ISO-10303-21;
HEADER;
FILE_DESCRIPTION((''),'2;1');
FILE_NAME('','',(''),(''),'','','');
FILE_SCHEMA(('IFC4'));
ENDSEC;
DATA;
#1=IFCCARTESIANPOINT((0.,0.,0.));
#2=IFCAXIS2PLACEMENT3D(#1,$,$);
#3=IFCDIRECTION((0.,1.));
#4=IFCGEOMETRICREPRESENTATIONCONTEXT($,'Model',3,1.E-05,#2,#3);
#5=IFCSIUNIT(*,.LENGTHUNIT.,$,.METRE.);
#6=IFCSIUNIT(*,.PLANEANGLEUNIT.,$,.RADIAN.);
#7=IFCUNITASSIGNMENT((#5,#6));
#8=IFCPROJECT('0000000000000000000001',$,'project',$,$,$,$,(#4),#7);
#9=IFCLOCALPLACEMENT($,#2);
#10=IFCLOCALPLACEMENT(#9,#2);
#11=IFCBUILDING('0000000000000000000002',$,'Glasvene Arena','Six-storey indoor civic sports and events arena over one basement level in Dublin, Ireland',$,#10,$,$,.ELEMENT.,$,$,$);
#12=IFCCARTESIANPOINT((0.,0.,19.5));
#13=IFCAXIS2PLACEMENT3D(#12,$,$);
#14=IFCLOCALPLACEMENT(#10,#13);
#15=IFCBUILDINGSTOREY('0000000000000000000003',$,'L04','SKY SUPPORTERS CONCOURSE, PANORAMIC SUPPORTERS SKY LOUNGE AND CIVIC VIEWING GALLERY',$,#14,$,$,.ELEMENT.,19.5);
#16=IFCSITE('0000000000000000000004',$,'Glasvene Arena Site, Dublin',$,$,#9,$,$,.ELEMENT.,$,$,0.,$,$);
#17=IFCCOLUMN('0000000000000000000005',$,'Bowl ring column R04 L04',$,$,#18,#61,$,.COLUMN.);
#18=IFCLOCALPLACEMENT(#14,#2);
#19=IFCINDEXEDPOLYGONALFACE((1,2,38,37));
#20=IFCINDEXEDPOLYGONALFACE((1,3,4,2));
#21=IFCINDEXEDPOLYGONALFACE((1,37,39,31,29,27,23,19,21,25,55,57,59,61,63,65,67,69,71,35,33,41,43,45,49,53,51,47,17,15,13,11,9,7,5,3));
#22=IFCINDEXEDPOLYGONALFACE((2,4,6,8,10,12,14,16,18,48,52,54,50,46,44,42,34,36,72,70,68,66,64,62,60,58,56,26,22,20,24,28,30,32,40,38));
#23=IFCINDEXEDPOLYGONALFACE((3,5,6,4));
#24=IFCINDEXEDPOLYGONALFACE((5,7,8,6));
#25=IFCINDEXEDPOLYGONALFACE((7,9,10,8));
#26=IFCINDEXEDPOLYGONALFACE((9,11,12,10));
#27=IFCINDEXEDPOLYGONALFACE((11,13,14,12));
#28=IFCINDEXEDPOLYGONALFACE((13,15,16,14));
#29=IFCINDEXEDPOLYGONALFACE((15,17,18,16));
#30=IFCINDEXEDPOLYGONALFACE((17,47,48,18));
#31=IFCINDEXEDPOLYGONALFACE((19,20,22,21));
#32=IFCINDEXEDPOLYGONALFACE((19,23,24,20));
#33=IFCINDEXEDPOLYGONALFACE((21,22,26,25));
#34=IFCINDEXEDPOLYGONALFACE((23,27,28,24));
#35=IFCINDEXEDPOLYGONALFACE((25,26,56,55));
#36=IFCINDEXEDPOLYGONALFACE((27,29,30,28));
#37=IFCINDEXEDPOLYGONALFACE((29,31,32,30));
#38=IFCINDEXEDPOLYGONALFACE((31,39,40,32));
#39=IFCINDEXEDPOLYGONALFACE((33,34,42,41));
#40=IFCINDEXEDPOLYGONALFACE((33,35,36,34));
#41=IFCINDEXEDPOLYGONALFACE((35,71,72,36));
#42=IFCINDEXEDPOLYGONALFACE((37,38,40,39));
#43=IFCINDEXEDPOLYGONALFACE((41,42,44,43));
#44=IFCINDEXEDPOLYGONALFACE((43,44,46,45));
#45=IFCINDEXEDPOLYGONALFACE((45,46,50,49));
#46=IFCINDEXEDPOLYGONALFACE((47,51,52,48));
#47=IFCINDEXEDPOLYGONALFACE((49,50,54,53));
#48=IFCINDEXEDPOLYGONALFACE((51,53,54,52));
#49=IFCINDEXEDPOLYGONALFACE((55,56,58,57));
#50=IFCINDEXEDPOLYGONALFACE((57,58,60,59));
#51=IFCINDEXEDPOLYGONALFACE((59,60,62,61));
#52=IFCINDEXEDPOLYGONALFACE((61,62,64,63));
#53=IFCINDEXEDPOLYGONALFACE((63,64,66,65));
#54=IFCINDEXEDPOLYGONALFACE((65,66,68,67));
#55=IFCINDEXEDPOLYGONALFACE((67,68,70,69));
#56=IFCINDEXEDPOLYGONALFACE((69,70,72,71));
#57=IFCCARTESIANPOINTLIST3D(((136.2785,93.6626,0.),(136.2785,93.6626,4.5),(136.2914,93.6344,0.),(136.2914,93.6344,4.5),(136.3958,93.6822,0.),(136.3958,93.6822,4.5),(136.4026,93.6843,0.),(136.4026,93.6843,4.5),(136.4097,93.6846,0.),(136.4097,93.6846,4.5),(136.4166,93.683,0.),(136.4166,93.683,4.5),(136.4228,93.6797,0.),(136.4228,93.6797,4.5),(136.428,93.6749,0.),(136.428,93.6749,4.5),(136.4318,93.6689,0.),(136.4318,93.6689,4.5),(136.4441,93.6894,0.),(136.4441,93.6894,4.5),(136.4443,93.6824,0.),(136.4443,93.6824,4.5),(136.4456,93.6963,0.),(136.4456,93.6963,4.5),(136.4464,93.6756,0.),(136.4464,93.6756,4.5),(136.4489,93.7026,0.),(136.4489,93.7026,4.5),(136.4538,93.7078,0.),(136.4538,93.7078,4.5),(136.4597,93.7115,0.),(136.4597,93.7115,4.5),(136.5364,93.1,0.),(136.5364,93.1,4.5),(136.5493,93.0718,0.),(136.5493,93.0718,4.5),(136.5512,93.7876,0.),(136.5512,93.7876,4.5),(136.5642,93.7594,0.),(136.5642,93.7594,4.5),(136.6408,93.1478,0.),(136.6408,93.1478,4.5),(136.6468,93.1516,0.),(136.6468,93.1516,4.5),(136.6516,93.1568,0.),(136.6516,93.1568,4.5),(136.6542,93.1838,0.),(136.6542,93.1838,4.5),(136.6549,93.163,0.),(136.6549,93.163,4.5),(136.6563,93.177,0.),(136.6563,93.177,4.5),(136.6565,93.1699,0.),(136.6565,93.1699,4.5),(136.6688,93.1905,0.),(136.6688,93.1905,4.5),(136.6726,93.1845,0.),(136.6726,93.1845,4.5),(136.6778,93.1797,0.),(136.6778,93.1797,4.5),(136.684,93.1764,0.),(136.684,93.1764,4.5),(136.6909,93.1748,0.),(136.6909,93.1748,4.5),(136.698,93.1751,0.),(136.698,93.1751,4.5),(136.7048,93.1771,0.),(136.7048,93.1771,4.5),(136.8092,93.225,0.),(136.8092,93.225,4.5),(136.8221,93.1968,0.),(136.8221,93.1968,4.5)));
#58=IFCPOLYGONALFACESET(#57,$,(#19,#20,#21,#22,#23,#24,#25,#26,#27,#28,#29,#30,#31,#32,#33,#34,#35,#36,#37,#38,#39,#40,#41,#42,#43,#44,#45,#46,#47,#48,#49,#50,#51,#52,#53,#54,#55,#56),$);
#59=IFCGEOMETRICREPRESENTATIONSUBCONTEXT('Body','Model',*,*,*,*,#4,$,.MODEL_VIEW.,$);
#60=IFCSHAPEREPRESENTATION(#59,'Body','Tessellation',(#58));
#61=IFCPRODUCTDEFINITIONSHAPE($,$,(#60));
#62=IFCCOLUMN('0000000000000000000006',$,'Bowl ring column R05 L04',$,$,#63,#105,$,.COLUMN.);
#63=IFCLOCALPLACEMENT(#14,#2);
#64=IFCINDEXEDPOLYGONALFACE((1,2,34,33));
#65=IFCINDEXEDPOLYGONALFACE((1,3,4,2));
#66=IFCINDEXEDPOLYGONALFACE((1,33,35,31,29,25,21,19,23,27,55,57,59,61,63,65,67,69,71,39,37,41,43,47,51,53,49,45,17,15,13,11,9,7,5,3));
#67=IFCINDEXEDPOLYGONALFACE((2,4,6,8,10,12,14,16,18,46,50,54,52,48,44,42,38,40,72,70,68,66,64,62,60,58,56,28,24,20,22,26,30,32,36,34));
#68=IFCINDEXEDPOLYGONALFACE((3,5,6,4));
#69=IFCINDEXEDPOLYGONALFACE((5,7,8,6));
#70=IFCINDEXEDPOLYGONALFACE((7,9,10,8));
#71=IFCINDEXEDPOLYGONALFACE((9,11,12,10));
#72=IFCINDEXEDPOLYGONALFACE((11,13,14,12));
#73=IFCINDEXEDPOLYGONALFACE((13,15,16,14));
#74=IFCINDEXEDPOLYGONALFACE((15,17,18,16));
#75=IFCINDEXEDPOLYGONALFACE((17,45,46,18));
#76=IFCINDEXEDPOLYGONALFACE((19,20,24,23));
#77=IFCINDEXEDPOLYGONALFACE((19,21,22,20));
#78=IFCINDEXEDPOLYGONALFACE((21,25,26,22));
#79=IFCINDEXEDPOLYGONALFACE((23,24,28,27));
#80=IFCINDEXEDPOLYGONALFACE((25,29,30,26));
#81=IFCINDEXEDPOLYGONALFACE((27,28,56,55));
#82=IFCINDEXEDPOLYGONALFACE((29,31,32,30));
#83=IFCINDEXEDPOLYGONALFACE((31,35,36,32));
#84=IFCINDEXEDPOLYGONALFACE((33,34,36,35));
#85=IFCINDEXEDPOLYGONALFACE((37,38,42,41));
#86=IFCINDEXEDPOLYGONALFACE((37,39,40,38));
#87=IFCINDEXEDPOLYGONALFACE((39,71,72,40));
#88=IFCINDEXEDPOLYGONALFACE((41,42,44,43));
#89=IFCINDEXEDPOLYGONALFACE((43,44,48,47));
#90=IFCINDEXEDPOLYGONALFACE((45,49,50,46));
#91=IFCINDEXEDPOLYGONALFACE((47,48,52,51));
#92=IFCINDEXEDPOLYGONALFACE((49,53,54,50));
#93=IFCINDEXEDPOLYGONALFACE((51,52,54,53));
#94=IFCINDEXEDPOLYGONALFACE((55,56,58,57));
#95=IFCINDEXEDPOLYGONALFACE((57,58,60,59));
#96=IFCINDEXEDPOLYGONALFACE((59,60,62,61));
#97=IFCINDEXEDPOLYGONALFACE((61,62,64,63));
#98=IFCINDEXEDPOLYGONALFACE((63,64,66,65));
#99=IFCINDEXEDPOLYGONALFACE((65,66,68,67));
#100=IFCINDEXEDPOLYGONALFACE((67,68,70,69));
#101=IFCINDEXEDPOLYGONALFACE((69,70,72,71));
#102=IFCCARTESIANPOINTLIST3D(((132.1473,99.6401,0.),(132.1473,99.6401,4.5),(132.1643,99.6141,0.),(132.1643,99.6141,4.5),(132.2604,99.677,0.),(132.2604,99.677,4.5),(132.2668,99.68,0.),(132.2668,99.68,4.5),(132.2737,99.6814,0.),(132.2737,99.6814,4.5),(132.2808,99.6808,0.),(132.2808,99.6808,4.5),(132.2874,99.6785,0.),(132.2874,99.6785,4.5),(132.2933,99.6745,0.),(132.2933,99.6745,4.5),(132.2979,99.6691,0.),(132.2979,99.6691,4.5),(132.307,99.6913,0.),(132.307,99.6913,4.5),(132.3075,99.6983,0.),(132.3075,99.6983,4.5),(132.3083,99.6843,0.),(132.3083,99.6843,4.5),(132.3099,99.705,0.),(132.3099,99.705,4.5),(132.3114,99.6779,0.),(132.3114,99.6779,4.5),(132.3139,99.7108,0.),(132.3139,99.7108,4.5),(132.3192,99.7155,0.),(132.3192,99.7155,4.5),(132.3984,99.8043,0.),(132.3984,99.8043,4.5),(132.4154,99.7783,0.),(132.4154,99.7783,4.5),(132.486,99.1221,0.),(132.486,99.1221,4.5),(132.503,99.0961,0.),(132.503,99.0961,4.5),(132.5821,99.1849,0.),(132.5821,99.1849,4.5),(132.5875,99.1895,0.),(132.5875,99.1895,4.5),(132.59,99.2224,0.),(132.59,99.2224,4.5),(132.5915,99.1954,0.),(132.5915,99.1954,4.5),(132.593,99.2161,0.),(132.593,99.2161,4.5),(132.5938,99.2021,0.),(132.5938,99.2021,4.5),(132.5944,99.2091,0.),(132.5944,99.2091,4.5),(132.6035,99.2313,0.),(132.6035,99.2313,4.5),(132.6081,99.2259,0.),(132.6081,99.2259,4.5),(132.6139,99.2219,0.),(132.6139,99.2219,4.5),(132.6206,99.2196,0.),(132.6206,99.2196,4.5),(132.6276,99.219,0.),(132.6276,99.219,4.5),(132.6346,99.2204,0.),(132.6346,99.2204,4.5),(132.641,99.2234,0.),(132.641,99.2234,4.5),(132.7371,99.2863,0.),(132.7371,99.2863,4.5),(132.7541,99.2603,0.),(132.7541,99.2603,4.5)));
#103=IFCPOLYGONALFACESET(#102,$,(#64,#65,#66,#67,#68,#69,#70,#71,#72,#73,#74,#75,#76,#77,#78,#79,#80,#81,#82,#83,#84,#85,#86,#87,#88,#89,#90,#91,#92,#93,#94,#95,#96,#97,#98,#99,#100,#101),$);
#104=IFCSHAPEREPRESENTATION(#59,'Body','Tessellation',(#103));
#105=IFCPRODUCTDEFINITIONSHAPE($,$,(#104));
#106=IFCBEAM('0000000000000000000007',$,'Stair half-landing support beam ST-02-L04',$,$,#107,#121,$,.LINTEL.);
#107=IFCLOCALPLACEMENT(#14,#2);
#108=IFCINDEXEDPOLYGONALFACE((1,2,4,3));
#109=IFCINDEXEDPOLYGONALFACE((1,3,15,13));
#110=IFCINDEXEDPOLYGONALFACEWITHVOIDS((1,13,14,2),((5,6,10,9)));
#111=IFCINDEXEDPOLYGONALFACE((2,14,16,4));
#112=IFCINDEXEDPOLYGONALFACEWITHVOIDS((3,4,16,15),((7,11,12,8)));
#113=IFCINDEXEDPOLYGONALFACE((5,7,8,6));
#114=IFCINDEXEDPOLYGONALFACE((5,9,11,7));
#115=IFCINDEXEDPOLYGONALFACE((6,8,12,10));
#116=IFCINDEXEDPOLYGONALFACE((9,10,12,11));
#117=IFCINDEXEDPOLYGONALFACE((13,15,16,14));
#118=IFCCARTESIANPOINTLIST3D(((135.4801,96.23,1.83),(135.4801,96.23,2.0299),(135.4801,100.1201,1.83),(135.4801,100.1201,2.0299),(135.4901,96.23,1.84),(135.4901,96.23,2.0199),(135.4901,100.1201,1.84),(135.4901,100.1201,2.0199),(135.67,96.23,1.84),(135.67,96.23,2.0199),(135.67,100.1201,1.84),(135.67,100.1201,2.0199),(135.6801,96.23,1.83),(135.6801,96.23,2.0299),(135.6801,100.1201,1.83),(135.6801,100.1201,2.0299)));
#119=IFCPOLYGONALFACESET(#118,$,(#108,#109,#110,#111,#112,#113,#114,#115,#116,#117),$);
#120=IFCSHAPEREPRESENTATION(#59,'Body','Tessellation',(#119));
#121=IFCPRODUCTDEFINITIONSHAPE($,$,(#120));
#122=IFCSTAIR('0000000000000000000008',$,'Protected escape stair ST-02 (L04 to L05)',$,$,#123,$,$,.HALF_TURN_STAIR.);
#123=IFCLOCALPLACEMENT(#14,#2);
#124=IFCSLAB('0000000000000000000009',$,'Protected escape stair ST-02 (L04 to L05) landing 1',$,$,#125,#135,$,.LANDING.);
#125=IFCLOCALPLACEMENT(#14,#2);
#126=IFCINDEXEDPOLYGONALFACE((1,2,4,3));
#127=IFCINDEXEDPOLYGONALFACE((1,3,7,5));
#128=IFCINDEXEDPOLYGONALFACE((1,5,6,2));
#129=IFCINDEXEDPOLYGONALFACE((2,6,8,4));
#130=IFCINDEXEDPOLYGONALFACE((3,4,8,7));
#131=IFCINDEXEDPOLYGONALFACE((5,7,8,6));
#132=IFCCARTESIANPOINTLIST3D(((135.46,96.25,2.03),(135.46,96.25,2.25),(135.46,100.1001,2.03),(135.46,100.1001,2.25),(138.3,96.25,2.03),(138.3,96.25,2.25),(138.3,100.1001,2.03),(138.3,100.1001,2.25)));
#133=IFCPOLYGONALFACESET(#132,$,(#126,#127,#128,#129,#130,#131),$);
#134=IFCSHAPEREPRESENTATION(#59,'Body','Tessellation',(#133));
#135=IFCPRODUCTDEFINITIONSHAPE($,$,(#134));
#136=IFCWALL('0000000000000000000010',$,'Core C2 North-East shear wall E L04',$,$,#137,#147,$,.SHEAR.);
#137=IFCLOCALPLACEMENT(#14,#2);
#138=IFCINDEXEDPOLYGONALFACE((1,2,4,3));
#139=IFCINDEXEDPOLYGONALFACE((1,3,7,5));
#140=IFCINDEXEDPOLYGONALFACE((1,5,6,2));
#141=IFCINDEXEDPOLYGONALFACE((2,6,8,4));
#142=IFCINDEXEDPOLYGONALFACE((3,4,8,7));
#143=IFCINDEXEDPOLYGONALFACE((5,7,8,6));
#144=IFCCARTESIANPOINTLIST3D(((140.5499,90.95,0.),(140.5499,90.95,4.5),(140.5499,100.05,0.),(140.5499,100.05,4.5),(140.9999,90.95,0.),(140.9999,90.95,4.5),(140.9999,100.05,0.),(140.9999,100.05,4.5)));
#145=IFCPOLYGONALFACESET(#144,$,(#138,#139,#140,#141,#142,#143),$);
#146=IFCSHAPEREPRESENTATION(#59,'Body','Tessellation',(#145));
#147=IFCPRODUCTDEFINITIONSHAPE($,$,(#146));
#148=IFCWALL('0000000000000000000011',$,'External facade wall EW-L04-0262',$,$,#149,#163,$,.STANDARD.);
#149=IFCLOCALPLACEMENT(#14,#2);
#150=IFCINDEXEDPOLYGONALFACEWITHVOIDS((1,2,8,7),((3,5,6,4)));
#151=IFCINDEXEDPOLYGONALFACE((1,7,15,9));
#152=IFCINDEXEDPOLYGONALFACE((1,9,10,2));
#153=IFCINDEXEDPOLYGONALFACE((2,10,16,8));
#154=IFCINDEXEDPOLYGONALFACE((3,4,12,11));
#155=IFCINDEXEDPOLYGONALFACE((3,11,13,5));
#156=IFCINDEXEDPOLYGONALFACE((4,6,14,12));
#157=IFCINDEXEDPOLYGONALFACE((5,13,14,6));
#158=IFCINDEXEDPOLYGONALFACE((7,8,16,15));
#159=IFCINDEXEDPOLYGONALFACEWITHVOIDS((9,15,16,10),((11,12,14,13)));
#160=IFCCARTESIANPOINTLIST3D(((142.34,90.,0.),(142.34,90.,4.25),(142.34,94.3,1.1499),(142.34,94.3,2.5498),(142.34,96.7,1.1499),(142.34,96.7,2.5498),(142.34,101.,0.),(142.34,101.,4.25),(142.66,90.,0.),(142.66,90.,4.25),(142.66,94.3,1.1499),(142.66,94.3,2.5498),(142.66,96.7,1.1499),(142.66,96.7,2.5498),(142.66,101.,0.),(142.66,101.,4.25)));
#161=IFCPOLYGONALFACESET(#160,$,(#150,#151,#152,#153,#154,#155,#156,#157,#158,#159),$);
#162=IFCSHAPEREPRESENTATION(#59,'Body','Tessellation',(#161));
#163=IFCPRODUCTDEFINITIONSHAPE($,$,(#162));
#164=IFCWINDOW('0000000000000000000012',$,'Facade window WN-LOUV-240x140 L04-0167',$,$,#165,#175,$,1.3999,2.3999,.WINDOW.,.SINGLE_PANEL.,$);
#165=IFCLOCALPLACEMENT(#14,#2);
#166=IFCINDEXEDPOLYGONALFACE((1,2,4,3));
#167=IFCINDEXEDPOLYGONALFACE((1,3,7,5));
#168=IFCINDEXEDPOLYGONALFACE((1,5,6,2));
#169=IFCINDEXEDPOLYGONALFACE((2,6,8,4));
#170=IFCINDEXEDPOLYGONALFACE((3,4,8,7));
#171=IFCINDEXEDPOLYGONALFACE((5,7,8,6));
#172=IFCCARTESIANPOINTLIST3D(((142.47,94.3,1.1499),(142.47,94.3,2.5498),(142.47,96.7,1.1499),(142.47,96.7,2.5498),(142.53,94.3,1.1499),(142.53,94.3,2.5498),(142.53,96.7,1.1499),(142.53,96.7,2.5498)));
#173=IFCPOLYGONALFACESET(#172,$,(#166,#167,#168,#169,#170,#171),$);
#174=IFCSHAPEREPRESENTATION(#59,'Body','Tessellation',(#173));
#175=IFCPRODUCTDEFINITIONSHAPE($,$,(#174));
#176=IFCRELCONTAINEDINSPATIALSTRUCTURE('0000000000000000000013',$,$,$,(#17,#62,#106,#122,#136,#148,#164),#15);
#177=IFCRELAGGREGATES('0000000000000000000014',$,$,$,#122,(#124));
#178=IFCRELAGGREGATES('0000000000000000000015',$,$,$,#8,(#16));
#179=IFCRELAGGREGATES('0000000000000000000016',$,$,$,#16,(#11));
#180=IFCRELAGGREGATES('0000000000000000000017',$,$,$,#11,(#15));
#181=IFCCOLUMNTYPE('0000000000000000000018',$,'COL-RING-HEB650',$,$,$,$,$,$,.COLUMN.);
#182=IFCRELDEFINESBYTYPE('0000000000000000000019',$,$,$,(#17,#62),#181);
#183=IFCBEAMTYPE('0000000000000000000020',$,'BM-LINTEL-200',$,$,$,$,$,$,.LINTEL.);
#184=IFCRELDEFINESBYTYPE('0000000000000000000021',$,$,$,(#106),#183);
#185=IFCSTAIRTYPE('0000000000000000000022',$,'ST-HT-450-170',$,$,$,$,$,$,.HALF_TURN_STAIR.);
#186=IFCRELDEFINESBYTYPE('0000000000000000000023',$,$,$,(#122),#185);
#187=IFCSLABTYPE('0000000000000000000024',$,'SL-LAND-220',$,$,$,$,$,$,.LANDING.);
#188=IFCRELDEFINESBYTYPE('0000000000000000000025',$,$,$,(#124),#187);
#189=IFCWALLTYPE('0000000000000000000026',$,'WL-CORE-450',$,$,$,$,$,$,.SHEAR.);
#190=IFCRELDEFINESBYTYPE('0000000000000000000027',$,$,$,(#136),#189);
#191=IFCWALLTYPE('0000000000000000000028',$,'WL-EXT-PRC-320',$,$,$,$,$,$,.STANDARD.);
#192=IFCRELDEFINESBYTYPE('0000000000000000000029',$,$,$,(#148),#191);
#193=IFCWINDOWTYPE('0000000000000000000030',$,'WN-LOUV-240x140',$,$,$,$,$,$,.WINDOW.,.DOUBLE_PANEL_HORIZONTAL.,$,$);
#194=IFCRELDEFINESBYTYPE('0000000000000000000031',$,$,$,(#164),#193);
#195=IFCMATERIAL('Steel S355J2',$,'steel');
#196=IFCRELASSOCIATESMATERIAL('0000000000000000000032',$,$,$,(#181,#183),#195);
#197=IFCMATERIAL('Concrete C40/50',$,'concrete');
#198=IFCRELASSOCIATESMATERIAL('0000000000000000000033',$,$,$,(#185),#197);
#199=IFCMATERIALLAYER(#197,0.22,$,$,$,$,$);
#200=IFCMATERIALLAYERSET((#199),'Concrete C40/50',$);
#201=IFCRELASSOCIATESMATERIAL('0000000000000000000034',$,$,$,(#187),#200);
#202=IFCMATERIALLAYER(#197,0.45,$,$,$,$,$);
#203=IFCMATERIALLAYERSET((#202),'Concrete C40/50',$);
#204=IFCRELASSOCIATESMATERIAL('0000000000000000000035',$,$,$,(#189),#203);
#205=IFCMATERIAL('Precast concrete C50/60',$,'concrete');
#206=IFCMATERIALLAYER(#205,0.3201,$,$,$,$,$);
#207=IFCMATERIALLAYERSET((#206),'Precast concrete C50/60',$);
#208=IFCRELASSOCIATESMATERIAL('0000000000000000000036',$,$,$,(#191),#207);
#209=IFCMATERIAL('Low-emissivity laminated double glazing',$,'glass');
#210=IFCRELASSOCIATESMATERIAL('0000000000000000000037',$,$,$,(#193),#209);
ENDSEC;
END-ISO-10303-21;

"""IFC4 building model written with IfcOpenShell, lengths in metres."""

from ifc_helpers import new_model, si_unit, direction, frame, frame_2d, origin, origin_2d, place, context, subcontext, project, spatial, polyline, rectangle, hollow_rectangle, i_section, outline, extrude, material, layer, layer_set, material_profile, profile_set, type_object, element, fill, aggregate, save


model = new_model("IFC4")

# Units and contexts
model_context = context("Model", 3, precision=1e-05, world=origin(), true_north=direction((0.0, 1.0)))
body_context = subcontext(model_context, "Body", "Model", "MODEL_VIEW")
ifc_project = project(units=[si_unit("LENGTHUNIT", "METRE"), si_unit("PLANEANGLEUNIT", "RADIAN")], contexts=[model_context])

# Site, building, storey
site_placement = place(None, origin())
site = spatial("IfcSite", under=ifc_project, at=site_placement, Name="Glasvene Arena Site, Dublin", CompositionType="ELEMENT", RefElevation=0.0)
building_placement = place(site_placement, origin())
building = spatial("IfcBuilding", under=site, at=building_placement, Name="Glasvene Arena", Description="Six-storey indoor civic sports and events arena over one basement level in Dublin, Ireland", CompositionType="ELEMENT")
storey_placement = place(building_placement, frame((0.0, 0.0, 19.5)))
storey = spatial("IfcBuildingStorey", under=building, at=storey_placement, Name="L04", Description="SKY SUPPORTERS CONCOURSE, PANORAMIC SUPPORTERS SKY LOUNGE AND CIVIC VIEWING GALLERY", CompositionType="ELEMENT", Elevation=19.5)

# Columns
ifc_material_1 = material(Name="Steel S355J2", Category="steel")
ifc_material_profile_1 = material_profile(ifc_material_1, i_section(OverallWidth=0.3, OverallDepth=0.6499, WebThickness=0.0161, FlangeThickness=0.031, FilletRadius=0.0271, at=origin_2d()), Name="HEB 650")
ifc_profile_set_1 = profile_set([ifc_material_profile_1], Name="Steel S355J2")
column_type = type_object("IfcColumnType", Name="COL-RING-HEB650", PredefinedType="COLUMN", material=ifc_profile_set_1)
for number, where, z_axis, x_axis, name in (
    (1, (136.5503, 93.4297, 0.0), (0.0, 0.0, 1.0), (0.909018, 0.416757, 0.0), "Bowl ring column R04 L04"),
    (2, (132.4507, 99.4502, 0.0), (0.0, 0.0, 1.0), (0.836955, 0.547271, 0.0), "Bowl ring column R05 L04"),
):
    element("IfcColumn", number, at=place(storey_placement, frame(where, z_axis=z_axis, x_axis=x_axis)), inside=storey, type_object=column_type, Name=name, PredefinedType="COLUMN", context=body_context, shape_type="SweptSolid", body=[
        extrude(i_section(OverallWidth=0.3, OverallDepth=0.6499, WebThickness=0.0161, FlangeThickness=0.031, FilletRadius=0.0271, at=origin_2d()), origin(), (0.0, 0.0, 1.0), 4.5),
    ])

# Beam
ifc_material_profile_2 = material_profile(ifc_material_1, hollow_rectangle(XDim=0.2, YDim=0.2, WallThickness=0.01, at=origin_2d()), Name="SHS 200x200x10.0")
ifc_profile_set_2 = profile_set([ifc_material_profile_2], Name="Steel S355J2")
beam_type = type_object("IfcBeamType", Name="BM-LINTEL-200", PredefinedType="LINTEL", material=ifc_profile_set_2)
beam_placement = place(storey_placement, frame((135.5801, 96.23, 1.9299), z_axis=(0.0, 1.0, 0.0), x_axis=(-1.0, 0.0, 0.0)))
element("IfcBeam", 3, at=beam_placement, inside=storey, type_object=beam_type, Name="Stair half-landing support beam ST-02-L04", PredefinedType="LINTEL", context=body_context, shape_type="SweptSolid", body=[
    extrude(hollow_rectangle(XDim=0.2, YDim=0.2, WallThickness=0.01, at=origin_2d()), origin(), (0.0, 0.0, 1.0), 3.8901),
])

# Stair, slab
ifc_material_2 = material(Name="Concrete C40/50", Category="concrete")
stair_type = type_object("IfcStairType", Name="ST-HT-450-170", PredefinedType="HALF_TURN_STAIR", material=ifc_material_2)
stair_placement = place(storey_placement, origin())
stair = element("IfcStair", 4, at=stair_placement, inside=storey, type_object=stair_type, Name="Protected escape stair ST-02 (L04 to L05)", PredefinedType="HALF_TURN_STAIR")
ifc_layer_1 = layer(ifc_material_2, 0.22)
ifc_layer_set_1 = layer_set([ifc_layer_1], Name="Concrete C40/50")
slab_type = type_object("IfcSlabType", Name="SL-LAND-220", PredefinedType="LANDING", material=ifc_layer_set_1)
slab_placement = place(storey_placement, frame((136.8799, 98.175, 2.03)))
slab = element("IfcSlab", 5, at=slab_placement, type_object=slab_type, Name="Protected escape stair ST-02 (L04 to L05) landing 1", PredefinedType="LANDING", context=body_context, shape_type="SweptSolid", body=[
    extrude(outline(polyline([(-1.4199, -1.925), (1.4202, -1.925), (1.4202, 1.925), (-1.4199, 1.925), (-1.4199, -1.925)])), origin(), (0.0, 0.0, 1.0), 0.22),
])

# Wall
ifc_layer_2 = layer(ifc_material_2, 0.45)
ifc_layer_set_2 = layer_set([ifc_layer_2], Name="Concrete C40/50")
wall_type_1 = type_object("IfcWallType", Name="WL-CORE-450", PredefinedType="SHEAR", material=ifc_layer_set_2)
wall_1_placement = place(storey_placement, frame((140.7749, 90.95, 0.0), z_axis=(0.0, 0.0, 1.0), x_axis=(0.0, 1.0, 0.0)))
element("IfcWall", 6, at=wall_1_placement, inside=storey, type_object=wall_type_1, Name="Core C2 North-East shear wall E L04", PredefinedType="SHEAR", context=body_context, shape_type="SweptSolid", body=[
    extrude(rectangle(XDim=9.1001, YDim=0.45, at=frame_2d((4.55, 0.0))), origin(), (0.0, 0.0, 1.0), 4.5),
])

# Wall, opening, window
ifc_material_3 = material(Name="Precast concrete C50/60", Category="concrete")
ifc_layer_3 = layer(ifc_material_3, 0.3201)
ifc_layer_set_3 = layer_set([ifc_layer_3], Name="Precast concrete C50/60")
wall_type_2 = type_object("IfcWallType", Name="WL-EXT-PRC-320", PredefinedType="STANDARD", material=ifc_layer_set_3)
wall_2_placement = place(storey_placement, frame((142.5, 101.0, 0.0), z_axis=(0.0, 0.0, 1.0), x_axis=(0.0, -1.0, 0.0)))
wall_2 = element("IfcWall", 7, at=wall_2_placement, inside=storey, type_object=wall_type_2, Name="External facade wall EW-L04-0262", PredefinedType="STANDARD", context=body_context, shape_type="SweptSolid", body=[
    extrude(rectangle(XDim=11.0, YDim=0.3201, at=frame_2d((5.5, 0.0))), origin(), (0.0, 0.0, 1.0), 4.25),
])
opening_1_placement = place(wall_2_placement, frame((4.3, 0.0, 1.1499)))
opening_1 = element("IfcOpeningElement", 8, at=opening_1_placement, cuts=wall_2, PredefinedType="OPENING", context=body_context, shape_type="SweptSolid", body=[
    extrude(rectangle(XDim=2.3999, YDim=1.3999, at=frame_2d((1.2, 0.7))), frame((0.0, 0.1699, 0.0), z_axis=(0.0, -1.0, 0.0), x_axis=(1.0, 0.0, 0.0)), (0.0, 0.0, 1.0), 0.3401),
])
ifc_material_4 = material(Name="Low-emissivity laminated double glazing", Category="glass")
window_type_1 = type_object("IfcWindowType", Name="WN-LOUV-240x140", PartitioningType="DOUBLE_PANEL_HORIZONTAL", PredefinedType="WINDOW", material=ifc_material_4)
window_1_placement = place(opening_1_placement, origin())
window_1 = element("IfcWindow", 9, at=window_1_placement, inside=storey, type_object=window_type_1, Name="Facade window WN-LOUV-240x140 L04-0167", OverallHeight=1.3999, OverallWidth=2.3999, PartitioningType="SINGLE_PANEL", PredefinedType="WINDOW", context=body_context, shape_type="SweptSolid", body=[
    extrude(rectangle(XDim=2.3999, YDim=1.3999, at=frame_2d((1.2, 0.7))), frame((0.0, 0.03, 0.0), z_axis=(0.0, -1.0, 0.0), x_axis=(1.0, 0.0, 0.0)), (0.0, 0.0, 1.0), 0.0601),
])
fill(opening_1, window_1)

aggregate(stair, [slab])

save(model, "model.ifc")
